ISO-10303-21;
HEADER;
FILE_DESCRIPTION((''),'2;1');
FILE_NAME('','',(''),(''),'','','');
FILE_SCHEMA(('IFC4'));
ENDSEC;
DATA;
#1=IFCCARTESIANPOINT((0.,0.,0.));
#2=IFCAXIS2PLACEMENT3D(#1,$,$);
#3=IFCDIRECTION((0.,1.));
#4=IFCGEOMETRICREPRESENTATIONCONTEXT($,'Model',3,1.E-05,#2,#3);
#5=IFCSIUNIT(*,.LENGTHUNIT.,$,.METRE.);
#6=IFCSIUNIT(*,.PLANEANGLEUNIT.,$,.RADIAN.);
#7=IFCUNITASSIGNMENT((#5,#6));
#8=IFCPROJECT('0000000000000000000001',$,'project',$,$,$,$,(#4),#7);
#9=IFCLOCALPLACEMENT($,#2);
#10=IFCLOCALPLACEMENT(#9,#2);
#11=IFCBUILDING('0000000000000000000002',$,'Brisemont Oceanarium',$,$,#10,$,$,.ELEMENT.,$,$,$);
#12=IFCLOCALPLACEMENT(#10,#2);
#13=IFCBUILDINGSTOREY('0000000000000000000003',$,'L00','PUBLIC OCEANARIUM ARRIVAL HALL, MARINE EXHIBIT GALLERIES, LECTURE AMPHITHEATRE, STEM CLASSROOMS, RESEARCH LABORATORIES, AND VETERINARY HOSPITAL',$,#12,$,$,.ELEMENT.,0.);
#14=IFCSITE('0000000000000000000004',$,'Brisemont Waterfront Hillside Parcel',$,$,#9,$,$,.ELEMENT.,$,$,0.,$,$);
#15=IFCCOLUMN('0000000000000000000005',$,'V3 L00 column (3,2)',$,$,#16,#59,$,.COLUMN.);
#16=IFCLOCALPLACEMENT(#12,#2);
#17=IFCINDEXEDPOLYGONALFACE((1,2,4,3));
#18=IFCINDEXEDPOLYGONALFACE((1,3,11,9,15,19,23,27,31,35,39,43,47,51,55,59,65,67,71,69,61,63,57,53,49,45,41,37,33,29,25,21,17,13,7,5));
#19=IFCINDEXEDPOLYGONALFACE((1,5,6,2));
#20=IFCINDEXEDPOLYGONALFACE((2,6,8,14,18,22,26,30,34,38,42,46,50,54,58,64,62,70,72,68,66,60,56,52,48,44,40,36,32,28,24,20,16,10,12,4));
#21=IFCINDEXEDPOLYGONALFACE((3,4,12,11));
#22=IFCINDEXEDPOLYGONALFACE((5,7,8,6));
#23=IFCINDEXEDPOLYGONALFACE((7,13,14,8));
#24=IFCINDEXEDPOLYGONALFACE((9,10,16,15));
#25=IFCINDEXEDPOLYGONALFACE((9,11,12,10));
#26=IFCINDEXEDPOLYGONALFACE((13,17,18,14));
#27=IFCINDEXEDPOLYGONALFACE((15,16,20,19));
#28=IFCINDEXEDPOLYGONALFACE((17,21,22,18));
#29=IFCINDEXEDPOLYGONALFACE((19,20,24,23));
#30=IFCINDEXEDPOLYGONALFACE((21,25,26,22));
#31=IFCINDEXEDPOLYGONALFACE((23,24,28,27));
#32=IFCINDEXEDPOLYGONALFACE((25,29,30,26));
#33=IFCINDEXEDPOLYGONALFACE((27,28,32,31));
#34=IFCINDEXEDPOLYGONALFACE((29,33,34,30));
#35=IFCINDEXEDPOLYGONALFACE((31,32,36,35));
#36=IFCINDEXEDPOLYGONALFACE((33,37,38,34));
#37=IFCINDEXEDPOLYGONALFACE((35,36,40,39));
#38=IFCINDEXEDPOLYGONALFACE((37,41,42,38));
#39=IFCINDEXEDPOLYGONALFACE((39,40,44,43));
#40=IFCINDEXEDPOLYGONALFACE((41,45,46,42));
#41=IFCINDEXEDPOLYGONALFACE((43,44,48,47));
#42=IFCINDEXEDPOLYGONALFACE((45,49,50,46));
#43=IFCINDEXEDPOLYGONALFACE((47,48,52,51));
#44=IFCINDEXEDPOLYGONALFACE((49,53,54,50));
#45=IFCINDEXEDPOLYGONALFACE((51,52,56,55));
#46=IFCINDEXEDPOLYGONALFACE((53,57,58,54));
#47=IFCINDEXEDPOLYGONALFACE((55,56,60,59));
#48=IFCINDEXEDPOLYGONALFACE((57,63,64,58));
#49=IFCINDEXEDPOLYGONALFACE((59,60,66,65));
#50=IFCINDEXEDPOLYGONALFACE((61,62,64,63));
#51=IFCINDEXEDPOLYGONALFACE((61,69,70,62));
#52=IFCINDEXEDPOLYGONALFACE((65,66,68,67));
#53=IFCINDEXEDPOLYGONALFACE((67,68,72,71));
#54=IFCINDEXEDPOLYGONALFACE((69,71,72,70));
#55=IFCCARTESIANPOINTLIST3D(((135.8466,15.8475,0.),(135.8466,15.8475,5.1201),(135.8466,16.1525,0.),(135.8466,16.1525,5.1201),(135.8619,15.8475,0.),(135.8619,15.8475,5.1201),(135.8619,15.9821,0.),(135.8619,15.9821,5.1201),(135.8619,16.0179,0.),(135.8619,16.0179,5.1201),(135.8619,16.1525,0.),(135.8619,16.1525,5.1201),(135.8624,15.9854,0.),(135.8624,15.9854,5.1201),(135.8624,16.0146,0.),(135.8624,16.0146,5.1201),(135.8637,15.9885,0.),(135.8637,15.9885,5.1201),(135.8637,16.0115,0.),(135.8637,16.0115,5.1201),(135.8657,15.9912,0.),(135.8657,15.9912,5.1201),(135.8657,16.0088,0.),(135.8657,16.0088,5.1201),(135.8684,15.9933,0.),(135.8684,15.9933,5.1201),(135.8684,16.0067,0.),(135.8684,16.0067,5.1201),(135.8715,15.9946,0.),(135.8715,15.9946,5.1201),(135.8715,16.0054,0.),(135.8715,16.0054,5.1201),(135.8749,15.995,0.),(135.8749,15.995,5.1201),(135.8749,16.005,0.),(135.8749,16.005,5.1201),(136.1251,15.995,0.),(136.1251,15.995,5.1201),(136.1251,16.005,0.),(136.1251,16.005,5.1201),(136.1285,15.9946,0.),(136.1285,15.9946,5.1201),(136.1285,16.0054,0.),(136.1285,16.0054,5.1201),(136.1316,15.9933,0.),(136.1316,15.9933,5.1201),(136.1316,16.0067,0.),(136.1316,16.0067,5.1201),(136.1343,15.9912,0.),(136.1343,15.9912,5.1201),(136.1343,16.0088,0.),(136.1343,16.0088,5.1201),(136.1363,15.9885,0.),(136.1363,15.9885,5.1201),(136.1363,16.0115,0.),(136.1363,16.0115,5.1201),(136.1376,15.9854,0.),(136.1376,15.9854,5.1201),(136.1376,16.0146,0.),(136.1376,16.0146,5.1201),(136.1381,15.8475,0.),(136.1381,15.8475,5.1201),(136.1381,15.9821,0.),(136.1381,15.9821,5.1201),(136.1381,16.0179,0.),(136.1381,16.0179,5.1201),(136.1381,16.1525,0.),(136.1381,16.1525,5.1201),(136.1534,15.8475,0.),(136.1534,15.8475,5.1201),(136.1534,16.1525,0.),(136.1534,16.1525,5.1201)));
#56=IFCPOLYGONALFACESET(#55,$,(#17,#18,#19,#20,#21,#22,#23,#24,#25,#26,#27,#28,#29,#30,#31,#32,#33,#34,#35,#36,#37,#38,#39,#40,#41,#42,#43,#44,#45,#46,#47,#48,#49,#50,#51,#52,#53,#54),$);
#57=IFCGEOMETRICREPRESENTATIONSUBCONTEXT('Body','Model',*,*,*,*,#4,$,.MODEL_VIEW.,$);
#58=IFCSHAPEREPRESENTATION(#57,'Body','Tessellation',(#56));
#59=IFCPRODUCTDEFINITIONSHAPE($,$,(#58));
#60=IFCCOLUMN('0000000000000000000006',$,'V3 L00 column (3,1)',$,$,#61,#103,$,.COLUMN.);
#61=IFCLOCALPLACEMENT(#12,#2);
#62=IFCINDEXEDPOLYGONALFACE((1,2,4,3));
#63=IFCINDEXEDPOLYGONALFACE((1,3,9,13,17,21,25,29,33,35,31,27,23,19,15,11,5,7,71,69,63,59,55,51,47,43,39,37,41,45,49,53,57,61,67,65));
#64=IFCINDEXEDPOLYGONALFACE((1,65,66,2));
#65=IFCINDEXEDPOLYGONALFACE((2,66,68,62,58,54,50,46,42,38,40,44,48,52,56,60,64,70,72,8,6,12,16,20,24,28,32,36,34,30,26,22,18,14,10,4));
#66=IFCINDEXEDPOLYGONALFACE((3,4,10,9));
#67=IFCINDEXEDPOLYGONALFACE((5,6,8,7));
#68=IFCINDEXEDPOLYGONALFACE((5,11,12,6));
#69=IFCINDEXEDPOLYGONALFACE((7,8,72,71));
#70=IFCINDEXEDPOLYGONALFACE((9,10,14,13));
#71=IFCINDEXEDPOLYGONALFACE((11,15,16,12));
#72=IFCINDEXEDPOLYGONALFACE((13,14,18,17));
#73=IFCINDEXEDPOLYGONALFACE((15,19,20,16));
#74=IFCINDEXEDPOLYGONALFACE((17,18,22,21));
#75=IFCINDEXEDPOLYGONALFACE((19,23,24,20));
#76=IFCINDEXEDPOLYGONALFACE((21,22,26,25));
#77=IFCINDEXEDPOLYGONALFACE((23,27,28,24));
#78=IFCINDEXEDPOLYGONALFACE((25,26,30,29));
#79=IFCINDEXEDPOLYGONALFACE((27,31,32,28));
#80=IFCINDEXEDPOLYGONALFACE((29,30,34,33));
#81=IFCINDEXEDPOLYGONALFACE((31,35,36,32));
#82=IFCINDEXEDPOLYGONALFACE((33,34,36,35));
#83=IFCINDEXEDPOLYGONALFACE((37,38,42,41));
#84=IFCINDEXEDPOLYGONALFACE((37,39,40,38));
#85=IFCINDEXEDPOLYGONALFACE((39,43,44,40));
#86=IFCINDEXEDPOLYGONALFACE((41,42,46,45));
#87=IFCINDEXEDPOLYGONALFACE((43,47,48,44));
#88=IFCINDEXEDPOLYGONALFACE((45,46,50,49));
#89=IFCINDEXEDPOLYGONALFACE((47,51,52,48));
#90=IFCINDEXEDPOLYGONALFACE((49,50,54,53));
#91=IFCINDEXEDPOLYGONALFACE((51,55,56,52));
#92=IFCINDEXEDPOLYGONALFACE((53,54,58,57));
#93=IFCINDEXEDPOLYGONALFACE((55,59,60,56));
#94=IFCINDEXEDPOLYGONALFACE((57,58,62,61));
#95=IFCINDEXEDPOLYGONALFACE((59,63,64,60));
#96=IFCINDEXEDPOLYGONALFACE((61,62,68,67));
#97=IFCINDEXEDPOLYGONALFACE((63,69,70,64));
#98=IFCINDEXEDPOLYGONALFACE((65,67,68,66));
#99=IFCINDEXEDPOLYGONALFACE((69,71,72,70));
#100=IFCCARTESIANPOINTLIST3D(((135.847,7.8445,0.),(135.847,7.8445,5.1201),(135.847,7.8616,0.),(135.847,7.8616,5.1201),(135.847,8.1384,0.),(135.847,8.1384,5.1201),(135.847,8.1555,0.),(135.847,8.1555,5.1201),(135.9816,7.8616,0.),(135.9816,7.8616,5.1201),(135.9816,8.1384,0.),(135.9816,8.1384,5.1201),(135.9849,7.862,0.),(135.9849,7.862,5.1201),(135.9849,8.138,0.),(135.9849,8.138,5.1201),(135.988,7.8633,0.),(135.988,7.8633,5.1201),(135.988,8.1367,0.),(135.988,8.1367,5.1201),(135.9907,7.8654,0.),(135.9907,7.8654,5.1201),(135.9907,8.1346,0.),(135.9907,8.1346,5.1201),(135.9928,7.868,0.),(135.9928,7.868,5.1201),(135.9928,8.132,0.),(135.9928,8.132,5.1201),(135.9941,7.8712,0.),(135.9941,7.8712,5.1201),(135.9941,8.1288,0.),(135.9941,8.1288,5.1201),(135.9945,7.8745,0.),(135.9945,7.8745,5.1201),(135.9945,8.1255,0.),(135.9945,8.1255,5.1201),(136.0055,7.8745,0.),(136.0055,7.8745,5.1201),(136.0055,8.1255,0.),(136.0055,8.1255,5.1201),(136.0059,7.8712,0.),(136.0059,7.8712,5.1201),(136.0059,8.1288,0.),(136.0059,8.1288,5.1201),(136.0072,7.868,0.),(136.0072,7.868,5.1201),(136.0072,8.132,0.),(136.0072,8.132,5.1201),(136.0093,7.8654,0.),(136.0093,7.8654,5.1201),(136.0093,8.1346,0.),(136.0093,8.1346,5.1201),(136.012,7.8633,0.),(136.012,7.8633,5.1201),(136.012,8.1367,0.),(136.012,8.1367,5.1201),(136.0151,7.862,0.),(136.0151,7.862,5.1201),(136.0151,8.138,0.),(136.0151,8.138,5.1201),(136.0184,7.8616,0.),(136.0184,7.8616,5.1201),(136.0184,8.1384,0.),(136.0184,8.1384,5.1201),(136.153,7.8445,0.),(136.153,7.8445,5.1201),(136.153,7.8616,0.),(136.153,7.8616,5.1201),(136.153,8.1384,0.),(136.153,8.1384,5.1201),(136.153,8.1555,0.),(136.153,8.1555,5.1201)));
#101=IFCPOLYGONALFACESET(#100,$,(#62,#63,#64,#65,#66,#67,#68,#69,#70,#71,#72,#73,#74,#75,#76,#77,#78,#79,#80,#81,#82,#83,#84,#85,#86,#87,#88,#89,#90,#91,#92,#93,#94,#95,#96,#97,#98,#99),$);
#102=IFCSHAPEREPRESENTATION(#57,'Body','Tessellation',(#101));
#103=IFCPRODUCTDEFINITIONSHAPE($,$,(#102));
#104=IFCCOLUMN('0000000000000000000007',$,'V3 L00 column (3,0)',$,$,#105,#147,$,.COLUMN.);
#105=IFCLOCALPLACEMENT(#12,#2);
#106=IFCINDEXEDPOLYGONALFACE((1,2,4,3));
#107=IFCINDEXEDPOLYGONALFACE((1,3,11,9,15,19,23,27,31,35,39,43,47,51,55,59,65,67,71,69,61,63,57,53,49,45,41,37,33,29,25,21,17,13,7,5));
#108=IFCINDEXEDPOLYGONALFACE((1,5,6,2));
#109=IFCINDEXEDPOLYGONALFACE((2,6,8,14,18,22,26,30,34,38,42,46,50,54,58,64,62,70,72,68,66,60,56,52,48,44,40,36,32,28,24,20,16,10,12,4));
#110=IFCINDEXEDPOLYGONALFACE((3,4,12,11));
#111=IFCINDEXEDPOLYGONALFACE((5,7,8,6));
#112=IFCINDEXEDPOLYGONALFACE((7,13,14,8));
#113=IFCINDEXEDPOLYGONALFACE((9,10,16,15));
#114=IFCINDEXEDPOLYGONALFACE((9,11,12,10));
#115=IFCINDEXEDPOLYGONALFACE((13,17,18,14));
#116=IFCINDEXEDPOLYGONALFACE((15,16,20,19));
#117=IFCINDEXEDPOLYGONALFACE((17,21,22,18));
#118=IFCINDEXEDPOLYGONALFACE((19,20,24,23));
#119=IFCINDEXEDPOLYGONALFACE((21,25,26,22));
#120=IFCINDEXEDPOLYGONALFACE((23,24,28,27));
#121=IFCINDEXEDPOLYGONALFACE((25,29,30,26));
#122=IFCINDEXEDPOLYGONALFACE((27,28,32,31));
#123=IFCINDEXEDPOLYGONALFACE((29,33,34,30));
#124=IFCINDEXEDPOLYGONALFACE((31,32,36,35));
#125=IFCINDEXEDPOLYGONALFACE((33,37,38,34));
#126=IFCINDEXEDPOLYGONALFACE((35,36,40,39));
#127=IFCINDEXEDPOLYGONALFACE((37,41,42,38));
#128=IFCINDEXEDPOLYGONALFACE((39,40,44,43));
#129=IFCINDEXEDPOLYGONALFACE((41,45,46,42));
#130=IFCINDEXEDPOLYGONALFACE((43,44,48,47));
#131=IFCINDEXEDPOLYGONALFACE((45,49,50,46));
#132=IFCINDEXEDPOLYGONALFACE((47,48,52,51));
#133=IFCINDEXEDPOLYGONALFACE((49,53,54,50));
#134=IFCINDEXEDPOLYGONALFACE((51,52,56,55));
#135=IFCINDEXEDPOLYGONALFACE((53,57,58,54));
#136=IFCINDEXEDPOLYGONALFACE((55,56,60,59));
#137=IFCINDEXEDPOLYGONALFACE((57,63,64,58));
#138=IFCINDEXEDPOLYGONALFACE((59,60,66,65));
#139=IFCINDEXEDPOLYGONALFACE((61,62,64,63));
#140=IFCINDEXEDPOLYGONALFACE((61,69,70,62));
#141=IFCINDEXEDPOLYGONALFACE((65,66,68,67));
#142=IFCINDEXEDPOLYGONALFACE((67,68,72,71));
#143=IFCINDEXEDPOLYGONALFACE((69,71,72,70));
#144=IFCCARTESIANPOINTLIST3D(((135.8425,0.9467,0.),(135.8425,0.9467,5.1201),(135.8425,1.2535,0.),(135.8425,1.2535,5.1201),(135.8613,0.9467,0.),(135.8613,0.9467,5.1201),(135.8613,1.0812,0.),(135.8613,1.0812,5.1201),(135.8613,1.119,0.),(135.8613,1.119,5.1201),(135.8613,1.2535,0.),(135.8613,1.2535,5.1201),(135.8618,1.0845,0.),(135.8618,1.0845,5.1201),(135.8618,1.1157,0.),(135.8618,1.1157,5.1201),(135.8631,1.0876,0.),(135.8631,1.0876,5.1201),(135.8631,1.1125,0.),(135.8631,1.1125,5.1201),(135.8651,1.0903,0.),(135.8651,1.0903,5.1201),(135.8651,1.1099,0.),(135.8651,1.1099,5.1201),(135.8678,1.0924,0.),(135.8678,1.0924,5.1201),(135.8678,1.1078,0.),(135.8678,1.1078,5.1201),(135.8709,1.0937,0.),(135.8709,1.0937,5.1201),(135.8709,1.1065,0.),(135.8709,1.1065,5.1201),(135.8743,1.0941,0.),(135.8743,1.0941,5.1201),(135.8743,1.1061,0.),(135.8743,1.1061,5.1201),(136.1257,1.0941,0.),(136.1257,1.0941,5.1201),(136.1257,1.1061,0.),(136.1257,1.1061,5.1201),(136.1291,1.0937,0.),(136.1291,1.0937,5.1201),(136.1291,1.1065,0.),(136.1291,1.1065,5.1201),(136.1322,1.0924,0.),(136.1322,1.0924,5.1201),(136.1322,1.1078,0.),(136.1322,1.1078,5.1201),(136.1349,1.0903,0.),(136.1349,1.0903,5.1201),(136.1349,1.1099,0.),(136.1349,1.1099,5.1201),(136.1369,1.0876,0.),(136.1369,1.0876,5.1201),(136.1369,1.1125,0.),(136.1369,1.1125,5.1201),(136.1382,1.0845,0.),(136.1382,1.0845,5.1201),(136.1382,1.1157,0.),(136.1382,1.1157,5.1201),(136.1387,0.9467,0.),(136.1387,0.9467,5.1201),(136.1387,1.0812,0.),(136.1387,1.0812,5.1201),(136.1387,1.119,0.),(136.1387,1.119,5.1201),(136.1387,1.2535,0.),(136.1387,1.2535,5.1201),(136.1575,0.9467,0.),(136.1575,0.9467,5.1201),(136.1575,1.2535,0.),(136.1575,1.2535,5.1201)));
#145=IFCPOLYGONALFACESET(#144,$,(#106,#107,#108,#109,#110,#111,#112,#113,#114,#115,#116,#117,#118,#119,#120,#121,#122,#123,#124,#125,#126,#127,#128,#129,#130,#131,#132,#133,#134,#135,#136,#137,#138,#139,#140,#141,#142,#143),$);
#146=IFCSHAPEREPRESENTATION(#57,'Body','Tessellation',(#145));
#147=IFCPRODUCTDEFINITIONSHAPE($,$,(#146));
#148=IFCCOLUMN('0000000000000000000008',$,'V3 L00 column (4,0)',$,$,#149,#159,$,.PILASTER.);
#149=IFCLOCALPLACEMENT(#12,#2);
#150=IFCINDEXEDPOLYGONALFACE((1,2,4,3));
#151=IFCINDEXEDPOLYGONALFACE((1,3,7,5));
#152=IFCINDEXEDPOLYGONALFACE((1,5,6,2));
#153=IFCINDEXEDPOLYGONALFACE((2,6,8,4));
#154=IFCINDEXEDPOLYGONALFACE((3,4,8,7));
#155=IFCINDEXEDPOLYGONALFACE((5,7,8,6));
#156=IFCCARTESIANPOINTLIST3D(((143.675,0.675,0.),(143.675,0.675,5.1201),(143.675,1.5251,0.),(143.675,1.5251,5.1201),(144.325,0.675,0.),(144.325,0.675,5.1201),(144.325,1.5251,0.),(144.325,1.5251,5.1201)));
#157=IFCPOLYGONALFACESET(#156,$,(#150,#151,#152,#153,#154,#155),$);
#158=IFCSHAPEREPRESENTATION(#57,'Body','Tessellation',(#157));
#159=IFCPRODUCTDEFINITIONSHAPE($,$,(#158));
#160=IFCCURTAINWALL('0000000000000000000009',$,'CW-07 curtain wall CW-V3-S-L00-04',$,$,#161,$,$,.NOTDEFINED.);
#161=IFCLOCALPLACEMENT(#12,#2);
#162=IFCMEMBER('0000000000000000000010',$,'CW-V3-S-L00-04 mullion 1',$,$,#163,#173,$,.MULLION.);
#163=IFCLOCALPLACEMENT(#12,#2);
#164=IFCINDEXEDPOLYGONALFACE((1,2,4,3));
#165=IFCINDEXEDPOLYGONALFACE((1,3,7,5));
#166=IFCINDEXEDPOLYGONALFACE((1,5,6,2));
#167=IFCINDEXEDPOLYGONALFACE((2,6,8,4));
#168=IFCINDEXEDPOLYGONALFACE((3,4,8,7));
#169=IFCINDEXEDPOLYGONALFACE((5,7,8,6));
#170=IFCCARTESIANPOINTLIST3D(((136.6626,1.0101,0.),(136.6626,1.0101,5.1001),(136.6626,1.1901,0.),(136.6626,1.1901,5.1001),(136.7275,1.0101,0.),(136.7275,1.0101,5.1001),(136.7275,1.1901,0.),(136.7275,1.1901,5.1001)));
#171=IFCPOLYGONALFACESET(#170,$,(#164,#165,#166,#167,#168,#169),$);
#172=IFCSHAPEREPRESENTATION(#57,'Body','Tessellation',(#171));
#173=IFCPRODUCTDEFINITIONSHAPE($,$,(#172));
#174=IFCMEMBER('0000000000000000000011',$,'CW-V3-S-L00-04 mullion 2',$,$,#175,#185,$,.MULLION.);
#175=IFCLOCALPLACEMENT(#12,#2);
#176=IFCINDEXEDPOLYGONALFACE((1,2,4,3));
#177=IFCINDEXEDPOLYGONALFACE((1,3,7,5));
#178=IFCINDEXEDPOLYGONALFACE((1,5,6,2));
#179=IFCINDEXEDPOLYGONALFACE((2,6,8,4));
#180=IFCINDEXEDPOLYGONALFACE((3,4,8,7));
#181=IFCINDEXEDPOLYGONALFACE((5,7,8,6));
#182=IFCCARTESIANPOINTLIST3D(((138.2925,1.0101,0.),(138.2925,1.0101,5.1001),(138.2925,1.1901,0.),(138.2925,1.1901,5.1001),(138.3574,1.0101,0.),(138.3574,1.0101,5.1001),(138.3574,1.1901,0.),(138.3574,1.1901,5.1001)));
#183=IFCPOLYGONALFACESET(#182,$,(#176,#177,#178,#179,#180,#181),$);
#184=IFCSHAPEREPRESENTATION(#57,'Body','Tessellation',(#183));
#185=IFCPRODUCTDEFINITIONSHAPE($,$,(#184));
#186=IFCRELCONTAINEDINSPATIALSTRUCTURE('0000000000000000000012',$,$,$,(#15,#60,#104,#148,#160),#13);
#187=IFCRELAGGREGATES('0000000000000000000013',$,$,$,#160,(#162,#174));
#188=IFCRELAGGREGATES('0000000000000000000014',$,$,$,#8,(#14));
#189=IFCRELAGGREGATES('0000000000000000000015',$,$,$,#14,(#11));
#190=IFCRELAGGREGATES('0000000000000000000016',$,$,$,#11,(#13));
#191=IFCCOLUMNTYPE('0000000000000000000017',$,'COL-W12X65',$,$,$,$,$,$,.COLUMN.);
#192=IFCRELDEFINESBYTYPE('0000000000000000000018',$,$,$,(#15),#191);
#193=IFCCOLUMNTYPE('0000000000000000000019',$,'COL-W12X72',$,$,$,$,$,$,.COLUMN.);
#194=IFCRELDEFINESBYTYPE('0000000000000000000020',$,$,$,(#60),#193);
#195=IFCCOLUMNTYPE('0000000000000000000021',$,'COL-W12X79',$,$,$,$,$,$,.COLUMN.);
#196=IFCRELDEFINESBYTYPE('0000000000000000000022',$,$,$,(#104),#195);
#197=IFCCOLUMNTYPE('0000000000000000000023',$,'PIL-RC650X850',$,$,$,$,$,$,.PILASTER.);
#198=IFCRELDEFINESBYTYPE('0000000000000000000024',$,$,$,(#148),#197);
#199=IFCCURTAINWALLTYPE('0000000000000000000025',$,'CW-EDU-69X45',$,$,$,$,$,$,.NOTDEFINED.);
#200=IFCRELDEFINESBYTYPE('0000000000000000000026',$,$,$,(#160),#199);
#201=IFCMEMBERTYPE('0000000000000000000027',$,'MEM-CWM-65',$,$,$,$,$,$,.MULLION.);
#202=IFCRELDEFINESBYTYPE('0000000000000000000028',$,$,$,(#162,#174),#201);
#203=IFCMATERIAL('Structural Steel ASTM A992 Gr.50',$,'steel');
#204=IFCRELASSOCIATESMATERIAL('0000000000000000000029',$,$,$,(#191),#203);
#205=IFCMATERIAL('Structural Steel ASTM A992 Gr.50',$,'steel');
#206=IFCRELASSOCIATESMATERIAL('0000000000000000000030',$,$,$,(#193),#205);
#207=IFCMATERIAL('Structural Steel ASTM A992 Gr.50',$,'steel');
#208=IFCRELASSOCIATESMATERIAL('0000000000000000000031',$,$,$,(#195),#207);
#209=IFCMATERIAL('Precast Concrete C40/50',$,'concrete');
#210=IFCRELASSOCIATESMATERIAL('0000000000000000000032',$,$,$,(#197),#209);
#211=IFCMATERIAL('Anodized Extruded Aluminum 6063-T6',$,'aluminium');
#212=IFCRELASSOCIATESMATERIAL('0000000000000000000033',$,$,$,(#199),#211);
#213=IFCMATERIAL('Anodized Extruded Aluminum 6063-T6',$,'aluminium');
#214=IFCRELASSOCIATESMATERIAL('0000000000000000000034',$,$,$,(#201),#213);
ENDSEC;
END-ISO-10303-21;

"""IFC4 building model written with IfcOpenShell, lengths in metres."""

from ifc_helpers import new_model, si_unit, direction, frame, origin, origin_2d, place, context, subcontext, project, spatial, rectangle, i_section, extrude, material, material_profile, profile_set, type_object, element, aggregate, save


model = new_model("IFC4")

# Units and contexts
model_context = context("Model", 3, precision=1e-05, world=origin(), true_north=direction((0.0, 1.0)))
body_context = subcontext(model_context, "Body", "Model", "MODEL_VIEW")
ifc_project = project(units=[si_unit("LENGTHUNIT", "METRE"), si_unit("PLANEANGLEUNIT", "RADIAN")], contexts=[model_context])

# Site, building, storey
site_placement = place(None, origin())
site = spatial("IfcSite", under=ifc_project, at=site_placement, Name="Brisemont Waterfront Hillside Parcel", CompositionType="ELEMENT", RefElevation=0.0)
building_placement = place(site_placement, origin())
building = spatial("IfcBuilding", under=site, at=building_placement, Name="Brisemont Oceanarium", CompositionType="ELEMENT")
storey_placement = place(building_placement, origin())
storey = spatial("IfcBuildingStorey", under=building, at=storey_placement, Name="L00", Description="PUBLIC OCEANARIUM ARRIVAL HALL, MARINE EXHIBIT GALLERIES, LECTURE AMPHITHEATRE, STEM CLASSROOMS, RESEARCH LABORATORIES, AND VETERINARY HOSPITAL", CompositionType="ELEMENT", Elevation=0.0)

# Columns
ifc_material_1 = material(Name="Structural Steel ASTM A992 Gr.50", Category="steel")
ifc_material_profile_1 = material_profile(ifc_material_1, i_section(OverallWidth=0.3049, OverallDepth=0.3069, WebThickness=0.01, FlangeThickness=0.0154, FilletRadius=0.0129, at=origin_2d()), Name="W12X65")
ifc_profile_set_1 = profile_set([ifc_material_profile_1], Name="Structural Steel ASTM A992 Gr.50")
column_type_1 = type_object("IfcColumnType", Name="COL-W12X65", PredefinedType="COLUMN", material=ifc_profile_set_1)
column_1_placement = place(storey_placement, frame((136.0, 16.0, 0.0), z_axis=(0.0, 0.0, 1.0), x_axis=(0.0, 1.0, 0.0)))
element("IfcColumn", 1, at=column_1_placement, inside=storey, type_object=column_type_1, Name="V3 L00 column (3,2)", PredefinedType="COLUMN", context=body_context, shape_type="SweptSolid", body=[
    extrude(i_section(OverallWidth=0.3049, OverallDepth=0.3069, WebThickness=0.01, FlangeThickness=0.0154, FilletRadius=0.0129, at=origin_2d()), origin(), (0.0, 0.0, 1.0), 5.1201),
])
ifc_material_2 = material(Name="Structural Steel ASTM A992 Gr.50", Category="steel")
ifc_material_profile_2 = material_profile(ifc_material_2, i_section(OverallWidth=0.3059, OverallDepth=0.311, WebThickness=0.011, FlangeThickness=0.0171, FilletRadius=0.0129, at=origin_2d()), Name="W12X72")
ifc_profile_set_2 = profile_set([ifc_material_profile_2], Name="Structural Steel ASTM A992 Gr.50")
column_type_2 = type_object("IfcColumnType", Name="COL-W12X72", PredefinedType="COLUMN", material=ifc_profile_set_2)
column_2_placement = place(storey_placement, frame((136.0, 8.0, 0.0), z_axis=(0.0, 0.0, 1.0), x_axis=(1.0, 0.0, 0.0)))
element("IfcColumn", 2, at=column_2_placement, inside=storey, type_object=column_type_2, Name="V3 L00 column (3,1)", PredefinedType="COLUMN", context=body_context, shape_type="SweptSolid", body=[
    extrude(i_section(OverallWidth=0.3059, OverallDepth=0.311, WebThickness=0.011, FlangeThickness=0.0171, FilletRadius=0.0129, at=origin_2d()), origin(), (0.0, 0.0, 1.0), 5.1201),
])
ifc_material_3 = material(Name="Structural Steel ASTM A992 Gr.50", Category="steel")
ifc_material_profile_3 = material_profile(ifc_material_3, i_section(OverallWidth=0.3069, OverallDepth=0.3149, WebThickness=0.012, FlangeThickness=0.0188, FilletRadius=0.0129, at=origin_2d()), Name="W12X79")
ifc_profile_set_3 = profile_set([ifc_material_profile_3], Name="Structural Steel ASTM A992 Gr.50")
column_type_3 = type_object("IfcColumnType", Name="COL-W12X79", PredefinedType="COLUMN", material=ifc_profile_set_3)
column_3_placement = place(storey_placement, frame((136.0, 1.1001, 0.0), z_axis=(0.0, 0.0, 1.0), x_axis=(0.0, 1.0, 0.0)))
element("IfcColumn", 3, at=column_3_placement, inside=storey, type_object=column_type_3, Name="V3 L00 column (3,0)", PredefinedType="COLUMN", context=body_context, shape_type="SweptSolid", body=[
    extrude(i_section(OverallWidth=0.3069, OverallDepth=0.3149, WebThickness=0.012, FlangeThickness=0.0188, FilletRadius=0.0129, at=origin_2d()), origin(), (0.0, 0.0, 1.0), 5.1201),
])
ifc_material_4 = material(Name="Precast Concrete C40/50", Category="concrete")
ifc_material_profile_4 = material_profile(ifc_material_4, rectangle(XDim=0.6499, YDim=0.8501, at=origin_2d()), Name="RC-PIL-650X850")
ifc_profile_set_4 = profile_set([ifc_material_profile_4], Name="Precast Concrete C40/50")
column_type_4 = type_object("IfcColumnType", Name="PIL-RC650X850", PredefinedType="PILASTER", material=ifc_profile_set_4)
column_4_placement = place(storey_placement, frame((144.0, 1.1001, 0.0), z_axis=(0.0, 0.0, 1.0), x_axis=(1.0, 0.0, 0.0)))
element("IfcColumn", 4, at=column_4_placement, inside=storey, type_object=column_type_4, Name="V3 L00 column (4,0)", PredefinedType="PILASTER", context=body_context, shape_type="SweptSolid", body=[
    extrude(rectangle(XDim=0.6499, YDim=0.8501, at=origin_2d()), origin(), (0.0, 0.0, 1.0), 5.1201),
])

# Curtain wall, members
ifc_material_5 = material(Name="Anodized Extruded Aluminum 6063-T6", Category="aluminium")
curtain_wall_type = type_object("IfcCurtainWallType", Name="CW-EDU-69X45", PredefinedType="NOTDEFINED", material=ifc_material_5)
curtain_wall_placement = place(storey_placement, origin())
curtain_wall = element("IfcCurtainWall", 5, at=curtain_wall_placement, inside=storey, type_object=curtain_wall_type, Name="CW-07 curtain wall CW-V3-S-L00-04", PredefinedType="NOTDEFINED")
ifc_material_6 = material(Name="Anodized Extruded Aluminum 6063-T6", Category="aluminium")
ifc_material_profile_5 = material_profile(ifc_material_6, rectangle(XDim=0.0649, YDim=0.1799, at=origin_2d()), Name="CWM-65X180")
ifc_profile_set_5 = profile_set([ifc_material_profile_5], Name="Anodized Extruded Aluminum 6063-T6")
member_type_1 = type_object("IfcMemberType", Name="MEM-CWM-65", PredefinedType="MULLION", material=ifc_profile_set_5)
member_1_placement = place(storey_placement, frame((136.6951, 1.1001, 0.0), z_axis=(0.0, 0.0, 1.0), x_axis=(1.0, 0.0, 0.0)))
member_1 = element("IfcMember", 6, at=member_1_placement, type_object=member_type_1, Name="CW-V3-S-L00-04 mullion 1", PredefinedType="MULLION", context=body_context, shape_type="SweptSolid", body=[
    extrude(rectangle(XDim=0.0649, YDim=0.1799, at=origin_2d()), origin(), (0.0, 0.0, 1.0), 5.1001),
])
member_2_placement = place(storey_placement, frame((138.325, 1.1001, 0.0), z_axis=(0.0, 0.0, 1.0), x_axis=(1.0, 0.0, 0.0)))
member_2 = element("IfcMember", 7, at=member_2_placement, type_object=member_type_1, Name="CW-V3-S-L00-04 mullion 2", PredefinedType="MULLION", context=body_context, shape_type="SweptSolid", body=[
    extrude(rectangle(XDim=0.0649, YDim=0.1799, at=origin_2d()), origin(), (0.0, 0.0, 1.0), 5.1001),
])
aggregate(curtain_wall, [member_1, member_2])

save(model, "model.ifc")
